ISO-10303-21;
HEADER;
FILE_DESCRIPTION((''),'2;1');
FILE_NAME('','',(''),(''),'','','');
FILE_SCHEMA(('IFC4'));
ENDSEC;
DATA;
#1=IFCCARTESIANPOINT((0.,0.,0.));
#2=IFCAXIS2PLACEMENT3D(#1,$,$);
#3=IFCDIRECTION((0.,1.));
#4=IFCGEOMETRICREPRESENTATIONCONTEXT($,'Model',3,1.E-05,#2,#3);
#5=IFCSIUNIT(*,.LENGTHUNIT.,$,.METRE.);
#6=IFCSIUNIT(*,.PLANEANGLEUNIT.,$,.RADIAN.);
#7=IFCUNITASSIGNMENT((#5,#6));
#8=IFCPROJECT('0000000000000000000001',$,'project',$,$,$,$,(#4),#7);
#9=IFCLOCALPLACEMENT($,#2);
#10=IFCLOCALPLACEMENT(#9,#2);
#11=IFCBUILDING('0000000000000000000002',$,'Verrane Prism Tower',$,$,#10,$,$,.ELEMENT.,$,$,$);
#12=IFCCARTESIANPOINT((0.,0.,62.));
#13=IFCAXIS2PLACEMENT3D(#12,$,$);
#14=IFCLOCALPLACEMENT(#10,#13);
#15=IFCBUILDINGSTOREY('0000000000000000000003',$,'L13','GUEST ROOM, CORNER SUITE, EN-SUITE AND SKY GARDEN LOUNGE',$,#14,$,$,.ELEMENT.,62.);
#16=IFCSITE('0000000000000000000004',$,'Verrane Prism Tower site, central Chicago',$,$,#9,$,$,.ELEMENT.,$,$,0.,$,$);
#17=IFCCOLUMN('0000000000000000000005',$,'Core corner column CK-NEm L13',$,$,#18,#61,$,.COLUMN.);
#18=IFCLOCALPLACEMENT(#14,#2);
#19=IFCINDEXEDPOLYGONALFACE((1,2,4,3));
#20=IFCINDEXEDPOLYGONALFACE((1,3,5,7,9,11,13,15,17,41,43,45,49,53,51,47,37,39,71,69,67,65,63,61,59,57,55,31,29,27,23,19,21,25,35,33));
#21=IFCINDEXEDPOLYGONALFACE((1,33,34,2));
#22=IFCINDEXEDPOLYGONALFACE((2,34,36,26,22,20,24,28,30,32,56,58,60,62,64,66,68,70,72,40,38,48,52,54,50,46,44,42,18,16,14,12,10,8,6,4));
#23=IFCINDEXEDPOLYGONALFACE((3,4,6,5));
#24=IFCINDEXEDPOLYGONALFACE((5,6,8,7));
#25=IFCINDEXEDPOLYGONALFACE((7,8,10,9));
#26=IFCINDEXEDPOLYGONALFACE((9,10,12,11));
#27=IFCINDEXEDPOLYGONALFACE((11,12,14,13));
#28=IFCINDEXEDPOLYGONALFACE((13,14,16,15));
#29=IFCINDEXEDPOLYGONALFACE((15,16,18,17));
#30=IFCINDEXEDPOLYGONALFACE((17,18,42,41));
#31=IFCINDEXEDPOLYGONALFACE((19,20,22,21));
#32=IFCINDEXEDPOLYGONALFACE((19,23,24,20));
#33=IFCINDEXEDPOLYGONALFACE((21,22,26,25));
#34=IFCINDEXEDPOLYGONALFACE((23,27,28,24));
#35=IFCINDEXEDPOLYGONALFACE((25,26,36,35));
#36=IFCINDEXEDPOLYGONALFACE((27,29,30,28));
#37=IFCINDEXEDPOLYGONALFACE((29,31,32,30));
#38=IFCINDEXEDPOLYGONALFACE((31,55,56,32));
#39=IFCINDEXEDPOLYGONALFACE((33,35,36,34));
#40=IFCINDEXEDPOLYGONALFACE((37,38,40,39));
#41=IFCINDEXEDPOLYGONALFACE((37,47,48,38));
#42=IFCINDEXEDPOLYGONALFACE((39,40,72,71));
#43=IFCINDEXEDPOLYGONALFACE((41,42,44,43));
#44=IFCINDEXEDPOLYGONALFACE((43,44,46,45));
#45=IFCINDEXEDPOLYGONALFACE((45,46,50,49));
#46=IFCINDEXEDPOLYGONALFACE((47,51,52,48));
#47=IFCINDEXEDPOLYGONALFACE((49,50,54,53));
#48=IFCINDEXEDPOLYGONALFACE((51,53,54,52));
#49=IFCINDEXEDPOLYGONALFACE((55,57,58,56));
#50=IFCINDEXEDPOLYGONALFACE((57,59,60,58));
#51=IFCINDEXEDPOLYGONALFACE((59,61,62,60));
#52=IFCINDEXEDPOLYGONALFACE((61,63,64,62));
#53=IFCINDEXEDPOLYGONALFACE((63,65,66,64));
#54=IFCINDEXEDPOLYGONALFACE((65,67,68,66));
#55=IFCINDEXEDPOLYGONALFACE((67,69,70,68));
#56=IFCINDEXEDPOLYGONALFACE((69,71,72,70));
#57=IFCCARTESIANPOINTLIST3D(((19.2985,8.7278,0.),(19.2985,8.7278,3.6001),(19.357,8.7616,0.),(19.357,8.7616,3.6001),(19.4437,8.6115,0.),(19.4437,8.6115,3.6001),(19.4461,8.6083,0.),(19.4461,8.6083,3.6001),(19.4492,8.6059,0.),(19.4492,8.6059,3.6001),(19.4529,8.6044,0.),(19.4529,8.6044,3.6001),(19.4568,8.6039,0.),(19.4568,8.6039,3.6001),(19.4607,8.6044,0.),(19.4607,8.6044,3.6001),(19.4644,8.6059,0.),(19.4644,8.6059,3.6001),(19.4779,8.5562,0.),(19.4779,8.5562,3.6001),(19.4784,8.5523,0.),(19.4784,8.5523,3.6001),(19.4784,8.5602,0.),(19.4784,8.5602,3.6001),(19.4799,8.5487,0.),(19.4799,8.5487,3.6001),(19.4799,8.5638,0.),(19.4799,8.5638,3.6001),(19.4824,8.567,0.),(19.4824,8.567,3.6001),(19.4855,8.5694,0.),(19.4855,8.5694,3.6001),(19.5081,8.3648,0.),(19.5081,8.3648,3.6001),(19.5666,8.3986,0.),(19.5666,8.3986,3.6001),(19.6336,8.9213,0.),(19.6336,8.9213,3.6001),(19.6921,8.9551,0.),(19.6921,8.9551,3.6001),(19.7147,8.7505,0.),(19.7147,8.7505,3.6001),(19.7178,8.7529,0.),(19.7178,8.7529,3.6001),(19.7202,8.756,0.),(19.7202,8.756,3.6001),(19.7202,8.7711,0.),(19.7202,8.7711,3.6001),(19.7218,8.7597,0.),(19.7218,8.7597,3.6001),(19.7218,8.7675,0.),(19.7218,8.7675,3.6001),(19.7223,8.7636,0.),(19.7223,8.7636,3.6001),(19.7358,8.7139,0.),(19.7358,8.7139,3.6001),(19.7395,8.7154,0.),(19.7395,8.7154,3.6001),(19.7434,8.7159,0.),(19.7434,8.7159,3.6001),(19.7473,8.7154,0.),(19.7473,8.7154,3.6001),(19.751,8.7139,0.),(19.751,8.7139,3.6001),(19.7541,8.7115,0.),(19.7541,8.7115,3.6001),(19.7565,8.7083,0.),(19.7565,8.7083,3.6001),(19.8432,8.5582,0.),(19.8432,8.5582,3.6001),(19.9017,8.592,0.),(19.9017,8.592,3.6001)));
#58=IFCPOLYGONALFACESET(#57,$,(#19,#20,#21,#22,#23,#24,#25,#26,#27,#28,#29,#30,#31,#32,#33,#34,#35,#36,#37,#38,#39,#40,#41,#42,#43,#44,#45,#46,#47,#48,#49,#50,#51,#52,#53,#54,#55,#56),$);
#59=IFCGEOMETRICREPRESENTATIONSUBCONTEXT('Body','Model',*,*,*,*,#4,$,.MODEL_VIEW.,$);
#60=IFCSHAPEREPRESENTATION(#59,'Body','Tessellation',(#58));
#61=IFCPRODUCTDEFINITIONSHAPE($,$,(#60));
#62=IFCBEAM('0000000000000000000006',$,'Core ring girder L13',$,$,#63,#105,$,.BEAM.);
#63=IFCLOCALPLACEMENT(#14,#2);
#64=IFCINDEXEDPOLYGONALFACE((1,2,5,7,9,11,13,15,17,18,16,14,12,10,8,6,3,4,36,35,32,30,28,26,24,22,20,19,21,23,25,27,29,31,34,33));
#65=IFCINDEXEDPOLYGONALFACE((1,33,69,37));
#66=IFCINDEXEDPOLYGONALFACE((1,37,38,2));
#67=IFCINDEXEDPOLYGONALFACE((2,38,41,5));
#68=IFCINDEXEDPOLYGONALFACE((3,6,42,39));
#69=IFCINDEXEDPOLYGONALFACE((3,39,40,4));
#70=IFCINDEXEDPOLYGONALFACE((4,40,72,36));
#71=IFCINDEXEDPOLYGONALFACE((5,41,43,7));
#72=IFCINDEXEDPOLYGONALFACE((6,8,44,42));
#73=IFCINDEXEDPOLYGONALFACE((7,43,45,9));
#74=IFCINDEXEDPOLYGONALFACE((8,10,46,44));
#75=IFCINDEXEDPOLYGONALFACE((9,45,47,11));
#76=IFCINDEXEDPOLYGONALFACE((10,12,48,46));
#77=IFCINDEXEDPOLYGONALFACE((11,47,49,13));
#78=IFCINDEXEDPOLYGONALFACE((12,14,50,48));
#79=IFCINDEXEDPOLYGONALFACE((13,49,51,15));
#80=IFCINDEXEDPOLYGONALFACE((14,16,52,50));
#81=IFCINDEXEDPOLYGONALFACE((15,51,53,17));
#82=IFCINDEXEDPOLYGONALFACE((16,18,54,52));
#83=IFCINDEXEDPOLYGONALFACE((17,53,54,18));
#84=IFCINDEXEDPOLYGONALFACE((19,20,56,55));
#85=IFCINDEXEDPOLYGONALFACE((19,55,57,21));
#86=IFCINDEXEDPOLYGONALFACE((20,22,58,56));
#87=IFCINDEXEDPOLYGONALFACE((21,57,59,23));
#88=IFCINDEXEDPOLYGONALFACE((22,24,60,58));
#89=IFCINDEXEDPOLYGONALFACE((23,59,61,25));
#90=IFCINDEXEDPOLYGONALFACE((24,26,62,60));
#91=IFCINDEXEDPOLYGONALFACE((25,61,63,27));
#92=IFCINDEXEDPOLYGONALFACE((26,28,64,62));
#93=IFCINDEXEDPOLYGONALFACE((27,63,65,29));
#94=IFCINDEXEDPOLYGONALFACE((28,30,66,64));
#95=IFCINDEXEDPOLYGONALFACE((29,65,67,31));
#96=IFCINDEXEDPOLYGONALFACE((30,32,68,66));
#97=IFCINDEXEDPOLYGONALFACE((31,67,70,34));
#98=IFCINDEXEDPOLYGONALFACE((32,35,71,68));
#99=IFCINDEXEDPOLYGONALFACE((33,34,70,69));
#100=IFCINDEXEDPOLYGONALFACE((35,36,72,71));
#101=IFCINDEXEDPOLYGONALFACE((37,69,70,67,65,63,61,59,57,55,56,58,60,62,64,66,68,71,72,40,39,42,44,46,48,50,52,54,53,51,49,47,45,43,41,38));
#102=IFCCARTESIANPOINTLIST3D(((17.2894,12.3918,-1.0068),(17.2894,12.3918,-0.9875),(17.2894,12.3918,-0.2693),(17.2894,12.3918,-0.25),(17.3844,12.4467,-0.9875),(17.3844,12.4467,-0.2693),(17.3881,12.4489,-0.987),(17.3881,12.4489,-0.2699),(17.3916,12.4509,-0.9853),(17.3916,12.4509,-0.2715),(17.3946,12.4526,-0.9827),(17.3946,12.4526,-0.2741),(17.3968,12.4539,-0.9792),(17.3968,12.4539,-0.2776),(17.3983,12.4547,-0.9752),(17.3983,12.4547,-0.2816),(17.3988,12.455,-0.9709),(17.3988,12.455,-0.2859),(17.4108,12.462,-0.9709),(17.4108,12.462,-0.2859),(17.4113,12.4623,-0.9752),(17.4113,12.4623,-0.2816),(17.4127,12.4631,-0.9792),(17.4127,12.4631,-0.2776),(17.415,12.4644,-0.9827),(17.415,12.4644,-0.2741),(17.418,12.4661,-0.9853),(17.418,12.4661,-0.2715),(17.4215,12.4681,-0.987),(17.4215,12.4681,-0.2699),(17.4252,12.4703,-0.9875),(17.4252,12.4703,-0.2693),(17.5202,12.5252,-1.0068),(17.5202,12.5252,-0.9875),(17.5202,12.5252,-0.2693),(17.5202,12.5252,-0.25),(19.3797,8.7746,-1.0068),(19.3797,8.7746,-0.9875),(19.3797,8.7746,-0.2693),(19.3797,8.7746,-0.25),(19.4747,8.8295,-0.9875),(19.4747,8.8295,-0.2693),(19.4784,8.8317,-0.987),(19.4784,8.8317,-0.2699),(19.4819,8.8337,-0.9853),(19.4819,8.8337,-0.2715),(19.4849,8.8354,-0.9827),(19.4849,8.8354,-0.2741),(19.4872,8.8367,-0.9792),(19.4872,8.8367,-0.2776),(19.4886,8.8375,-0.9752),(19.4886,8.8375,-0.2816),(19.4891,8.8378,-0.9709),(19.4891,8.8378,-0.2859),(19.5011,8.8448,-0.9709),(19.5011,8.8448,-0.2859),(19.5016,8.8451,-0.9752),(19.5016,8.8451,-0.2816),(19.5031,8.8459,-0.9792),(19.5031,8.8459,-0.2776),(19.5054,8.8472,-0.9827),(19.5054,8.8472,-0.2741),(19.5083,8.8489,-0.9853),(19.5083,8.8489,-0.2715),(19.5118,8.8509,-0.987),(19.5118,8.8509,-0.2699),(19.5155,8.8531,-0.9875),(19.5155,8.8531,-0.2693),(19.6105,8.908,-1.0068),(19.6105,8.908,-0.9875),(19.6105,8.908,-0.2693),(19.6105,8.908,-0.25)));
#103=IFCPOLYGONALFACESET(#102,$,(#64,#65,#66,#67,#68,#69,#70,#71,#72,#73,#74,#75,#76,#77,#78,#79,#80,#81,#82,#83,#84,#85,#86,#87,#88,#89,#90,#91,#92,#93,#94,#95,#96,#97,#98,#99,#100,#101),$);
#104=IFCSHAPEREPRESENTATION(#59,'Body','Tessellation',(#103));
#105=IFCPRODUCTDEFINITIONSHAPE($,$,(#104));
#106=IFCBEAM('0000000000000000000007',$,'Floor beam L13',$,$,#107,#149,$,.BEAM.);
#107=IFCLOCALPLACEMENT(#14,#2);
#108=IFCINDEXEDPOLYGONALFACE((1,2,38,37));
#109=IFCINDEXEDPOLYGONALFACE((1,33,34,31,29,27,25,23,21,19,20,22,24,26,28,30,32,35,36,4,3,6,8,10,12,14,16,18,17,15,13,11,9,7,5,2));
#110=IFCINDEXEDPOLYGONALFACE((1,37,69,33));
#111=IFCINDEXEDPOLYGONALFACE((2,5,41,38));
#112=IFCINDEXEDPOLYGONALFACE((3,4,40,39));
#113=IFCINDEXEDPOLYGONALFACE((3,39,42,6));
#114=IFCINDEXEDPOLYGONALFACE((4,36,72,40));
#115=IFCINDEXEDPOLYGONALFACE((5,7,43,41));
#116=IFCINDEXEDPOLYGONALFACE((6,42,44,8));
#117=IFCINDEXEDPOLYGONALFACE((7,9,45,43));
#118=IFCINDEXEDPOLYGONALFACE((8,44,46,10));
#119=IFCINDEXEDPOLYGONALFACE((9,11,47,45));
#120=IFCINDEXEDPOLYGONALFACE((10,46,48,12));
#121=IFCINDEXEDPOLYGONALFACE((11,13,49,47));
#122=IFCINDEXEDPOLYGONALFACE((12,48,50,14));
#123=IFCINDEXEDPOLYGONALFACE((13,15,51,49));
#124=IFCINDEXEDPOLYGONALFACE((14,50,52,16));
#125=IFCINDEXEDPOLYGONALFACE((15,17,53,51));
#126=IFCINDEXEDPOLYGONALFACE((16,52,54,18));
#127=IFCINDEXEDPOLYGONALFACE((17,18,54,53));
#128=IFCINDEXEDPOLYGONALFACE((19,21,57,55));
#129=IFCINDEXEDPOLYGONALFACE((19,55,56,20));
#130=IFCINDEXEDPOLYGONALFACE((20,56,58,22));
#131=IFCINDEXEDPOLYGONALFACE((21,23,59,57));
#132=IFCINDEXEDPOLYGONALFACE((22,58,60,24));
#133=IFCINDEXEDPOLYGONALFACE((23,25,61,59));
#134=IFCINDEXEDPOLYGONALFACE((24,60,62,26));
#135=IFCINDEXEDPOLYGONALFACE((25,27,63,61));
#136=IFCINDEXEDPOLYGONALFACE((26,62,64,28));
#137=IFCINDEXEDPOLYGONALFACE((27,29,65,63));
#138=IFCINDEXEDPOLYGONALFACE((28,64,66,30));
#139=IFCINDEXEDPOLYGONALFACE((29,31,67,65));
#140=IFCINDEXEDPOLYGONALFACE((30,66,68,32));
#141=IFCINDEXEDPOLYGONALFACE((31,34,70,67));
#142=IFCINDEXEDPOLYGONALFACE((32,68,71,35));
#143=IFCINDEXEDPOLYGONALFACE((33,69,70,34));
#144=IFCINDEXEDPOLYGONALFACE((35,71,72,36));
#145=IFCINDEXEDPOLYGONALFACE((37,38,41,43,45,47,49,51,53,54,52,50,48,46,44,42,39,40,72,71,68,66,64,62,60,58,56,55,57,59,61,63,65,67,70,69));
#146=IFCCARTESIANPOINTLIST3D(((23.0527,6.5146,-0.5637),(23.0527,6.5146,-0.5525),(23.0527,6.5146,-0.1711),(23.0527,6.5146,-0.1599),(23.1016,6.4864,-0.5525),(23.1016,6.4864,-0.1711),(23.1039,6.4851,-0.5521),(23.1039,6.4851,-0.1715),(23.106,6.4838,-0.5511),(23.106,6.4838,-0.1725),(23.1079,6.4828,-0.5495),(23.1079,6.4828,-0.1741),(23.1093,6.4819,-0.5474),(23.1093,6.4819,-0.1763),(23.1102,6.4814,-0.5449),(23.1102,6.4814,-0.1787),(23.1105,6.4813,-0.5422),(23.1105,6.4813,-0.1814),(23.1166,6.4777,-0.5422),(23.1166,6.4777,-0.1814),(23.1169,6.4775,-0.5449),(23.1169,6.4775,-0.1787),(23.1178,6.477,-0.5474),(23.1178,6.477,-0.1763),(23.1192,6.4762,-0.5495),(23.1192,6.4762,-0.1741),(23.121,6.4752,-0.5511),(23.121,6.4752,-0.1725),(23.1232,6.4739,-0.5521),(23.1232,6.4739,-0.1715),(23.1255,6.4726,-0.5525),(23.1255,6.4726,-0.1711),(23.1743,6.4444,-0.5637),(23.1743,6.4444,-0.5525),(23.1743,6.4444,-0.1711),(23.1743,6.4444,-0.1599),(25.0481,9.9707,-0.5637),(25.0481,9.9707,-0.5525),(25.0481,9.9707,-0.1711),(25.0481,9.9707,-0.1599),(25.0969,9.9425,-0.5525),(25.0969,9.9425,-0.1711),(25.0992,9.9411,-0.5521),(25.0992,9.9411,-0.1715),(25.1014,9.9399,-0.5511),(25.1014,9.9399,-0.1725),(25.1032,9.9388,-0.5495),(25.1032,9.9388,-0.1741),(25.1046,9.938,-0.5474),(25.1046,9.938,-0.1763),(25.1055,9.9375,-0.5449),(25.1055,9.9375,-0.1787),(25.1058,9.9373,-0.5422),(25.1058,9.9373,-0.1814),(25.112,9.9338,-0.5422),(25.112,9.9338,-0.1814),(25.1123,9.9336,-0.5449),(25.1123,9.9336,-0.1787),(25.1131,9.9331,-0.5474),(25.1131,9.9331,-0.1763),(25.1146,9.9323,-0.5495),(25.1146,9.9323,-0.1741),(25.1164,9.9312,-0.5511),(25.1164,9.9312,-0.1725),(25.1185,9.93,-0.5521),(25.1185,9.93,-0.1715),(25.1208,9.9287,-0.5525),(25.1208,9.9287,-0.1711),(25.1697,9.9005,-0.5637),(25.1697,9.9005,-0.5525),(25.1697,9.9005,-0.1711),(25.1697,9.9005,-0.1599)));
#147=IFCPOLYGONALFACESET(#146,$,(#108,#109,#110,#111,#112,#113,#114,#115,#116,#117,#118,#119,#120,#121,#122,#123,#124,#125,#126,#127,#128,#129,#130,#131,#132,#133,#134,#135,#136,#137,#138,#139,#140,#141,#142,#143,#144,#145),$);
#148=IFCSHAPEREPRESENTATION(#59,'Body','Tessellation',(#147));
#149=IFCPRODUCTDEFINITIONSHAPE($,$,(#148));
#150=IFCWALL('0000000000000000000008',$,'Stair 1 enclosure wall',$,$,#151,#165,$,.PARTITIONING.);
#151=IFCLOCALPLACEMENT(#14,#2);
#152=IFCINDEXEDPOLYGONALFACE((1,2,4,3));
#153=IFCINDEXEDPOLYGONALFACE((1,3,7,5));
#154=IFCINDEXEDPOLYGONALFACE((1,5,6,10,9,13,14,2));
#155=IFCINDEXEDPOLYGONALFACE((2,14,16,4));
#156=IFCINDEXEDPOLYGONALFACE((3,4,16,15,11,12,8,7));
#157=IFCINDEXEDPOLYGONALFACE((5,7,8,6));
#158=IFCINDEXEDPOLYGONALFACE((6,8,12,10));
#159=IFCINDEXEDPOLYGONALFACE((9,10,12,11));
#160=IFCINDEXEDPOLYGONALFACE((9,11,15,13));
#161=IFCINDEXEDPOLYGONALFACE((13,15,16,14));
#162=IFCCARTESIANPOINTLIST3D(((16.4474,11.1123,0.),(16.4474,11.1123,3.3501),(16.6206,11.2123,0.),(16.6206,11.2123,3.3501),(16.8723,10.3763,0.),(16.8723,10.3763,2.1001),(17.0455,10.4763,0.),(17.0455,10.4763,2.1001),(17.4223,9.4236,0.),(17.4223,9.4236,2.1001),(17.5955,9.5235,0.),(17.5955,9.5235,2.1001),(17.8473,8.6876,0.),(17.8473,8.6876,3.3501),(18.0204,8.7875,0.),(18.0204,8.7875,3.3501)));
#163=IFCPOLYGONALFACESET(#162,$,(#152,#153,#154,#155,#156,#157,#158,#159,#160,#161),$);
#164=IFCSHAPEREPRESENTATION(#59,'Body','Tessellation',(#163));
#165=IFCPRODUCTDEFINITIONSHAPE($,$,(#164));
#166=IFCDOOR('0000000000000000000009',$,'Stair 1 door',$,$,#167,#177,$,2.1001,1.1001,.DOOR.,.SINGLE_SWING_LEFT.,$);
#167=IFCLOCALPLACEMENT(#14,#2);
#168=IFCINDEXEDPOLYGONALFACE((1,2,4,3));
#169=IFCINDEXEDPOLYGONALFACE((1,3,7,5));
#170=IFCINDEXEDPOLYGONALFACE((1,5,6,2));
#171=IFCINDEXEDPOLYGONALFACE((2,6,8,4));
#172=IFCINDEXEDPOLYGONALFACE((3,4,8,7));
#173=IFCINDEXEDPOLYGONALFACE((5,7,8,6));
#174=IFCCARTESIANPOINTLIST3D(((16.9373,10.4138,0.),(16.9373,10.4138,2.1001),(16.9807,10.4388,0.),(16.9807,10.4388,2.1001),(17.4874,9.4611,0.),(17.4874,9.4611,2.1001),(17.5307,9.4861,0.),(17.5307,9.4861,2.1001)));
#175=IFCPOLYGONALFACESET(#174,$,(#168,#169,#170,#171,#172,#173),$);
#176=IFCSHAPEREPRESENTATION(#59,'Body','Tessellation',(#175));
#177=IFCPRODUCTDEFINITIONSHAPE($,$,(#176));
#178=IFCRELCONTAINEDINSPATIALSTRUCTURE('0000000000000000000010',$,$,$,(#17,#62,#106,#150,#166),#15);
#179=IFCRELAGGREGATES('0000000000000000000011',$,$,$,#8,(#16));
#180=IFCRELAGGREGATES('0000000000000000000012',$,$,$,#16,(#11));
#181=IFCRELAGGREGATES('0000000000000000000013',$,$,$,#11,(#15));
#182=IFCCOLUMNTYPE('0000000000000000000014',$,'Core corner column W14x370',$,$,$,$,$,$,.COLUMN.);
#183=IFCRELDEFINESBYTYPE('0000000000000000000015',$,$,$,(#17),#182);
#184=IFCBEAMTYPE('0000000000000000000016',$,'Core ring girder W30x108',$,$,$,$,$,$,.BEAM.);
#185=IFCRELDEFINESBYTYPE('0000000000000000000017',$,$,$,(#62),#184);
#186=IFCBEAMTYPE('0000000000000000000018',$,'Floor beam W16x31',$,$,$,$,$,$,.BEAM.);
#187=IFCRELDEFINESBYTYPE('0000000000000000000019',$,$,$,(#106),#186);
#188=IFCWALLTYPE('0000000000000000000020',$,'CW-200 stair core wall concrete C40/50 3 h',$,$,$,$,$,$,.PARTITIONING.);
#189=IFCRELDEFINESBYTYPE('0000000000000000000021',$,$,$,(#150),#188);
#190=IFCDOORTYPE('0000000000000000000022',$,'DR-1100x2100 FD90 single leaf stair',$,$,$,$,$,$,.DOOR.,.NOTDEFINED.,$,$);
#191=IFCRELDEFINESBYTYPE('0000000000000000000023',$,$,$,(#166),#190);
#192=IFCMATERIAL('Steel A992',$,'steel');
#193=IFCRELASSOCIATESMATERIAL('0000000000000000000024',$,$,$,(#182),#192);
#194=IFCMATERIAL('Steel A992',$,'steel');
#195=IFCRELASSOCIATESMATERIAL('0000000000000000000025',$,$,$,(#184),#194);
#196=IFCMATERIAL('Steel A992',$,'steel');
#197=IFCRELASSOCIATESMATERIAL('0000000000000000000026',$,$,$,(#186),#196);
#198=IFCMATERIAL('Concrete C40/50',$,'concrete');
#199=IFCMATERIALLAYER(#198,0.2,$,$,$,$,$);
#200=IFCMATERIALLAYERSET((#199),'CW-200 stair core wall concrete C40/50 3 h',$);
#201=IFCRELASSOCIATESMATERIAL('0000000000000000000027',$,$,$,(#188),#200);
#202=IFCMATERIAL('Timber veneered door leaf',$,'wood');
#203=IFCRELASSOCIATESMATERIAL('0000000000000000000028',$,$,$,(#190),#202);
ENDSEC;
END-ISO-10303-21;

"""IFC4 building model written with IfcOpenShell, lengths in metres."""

from ifc_helpers import new_model, si_unit, direction, frame, frame_2d, origin, origin_2d, place, context, subcontext, project, spatial, rectangle, i_section, extrude, material, layer, layer_set, material_profile, profile_set, type_object, element, fill, save


model = new_model("IFC4")

# Units and contexts
model_context = context("Model", 3, precision=1e-05, world=origin(), true_north=direction((0.0, 1.0)))
body_context = subcontext(model_context, "Body", "Model", "MODEL_VIEW")
ifc_project = project(units=[si_unit("LENGTHUNIT", "METRE"), si_unit("PLANEANGLEUNIT", "RADIAN")], contexts=[model_context])

# Site, building, storey
site_placement = place(None, origin())
site = spatial("IfcSite", under=ifc_project, at=site_placement, Name="Verrane Prism Tower site, central Chicago", CompositionType="ELEMENT", RefElevation=0.0)
building_placement = place(site_placement, origin())
building = spatial("IfcBuilding", under=site, at=building_placement, Name="Verrane Prism Tower", CompositionType="ELEMENT")
storey_placement = place(building_placement, frame((0.0, 0.0, 62.0)))
storey = spatial("IfcBuildingStorey", under=building, at=storey_placement, Name="L13", Description="GUEST ROOM, CORNER SUITE, EN-SUITE AND SKY GARDEN LOUNGE", CompositionType="ELEMENT", Elevation=62.0)

# Column
ifc_material_1 = material(Name="Steel A992", Category="steel")
ifc_material_profile_1 = material_profile(ifc_material_1, i_section(OverallWidth=0.4192, OverallDepth=0.4546, WebThickness=0.0422, FlangeThickness=0.0676, FilletRadius=0.0151, at=origin_2d()), Name="W14x370")
ifc_profile_set_1 = profile_set([ifc_material_profile_1], Name="Steel A992")
column_type = type_object("IfcColumnType", Name="Core corner column W14x370", PredefinedType="COLUMN", material=ifc_profile_set_1)
column_placement = place(storey_placement, frame((19.6001, 8.6599, 0.0), z_axis=(0.0, 0.0, 1.0), x_axis=(0.5, -0.866025, 0.0)))
element("IfcColumn", 1, at=column_placement, inside=storey, type_object=column_type, Name="Core corner column CK-NEm L13", PredefinedType="COLUMN", context=body_context, shape_type="SweptSolid", body=[
    extrude(i_section(OverallWidth=0.4192, OverallDepth=0.4546, WebThickness=0.0422, FlangeThickness=0.0676, FilletRadius=0.0151, at=origin_2d()), origin(), (0.0, 0.0, 1.0), 3.6001),
])

# Beams
ifc_material_2 = material(Name="Steel A992", Category="steel")
ifc_material_profile_2 = material_profile(ifc_material_2, i_section(OverallWidth=0.2666, OverallDepth=0.7568, WebThickness=0.0139, FlangeThickness=0.0193, FilletRadius=0.0166, at=origin_2d()), Name="W30x108")
ifc_profile_set_2 = profile_set([ifc_material_profile_2], Name="Steel A992")
beam_type_1 = type_object("IfcBeamType", Name="Core ring girder W30x108", PredefinedType="BEAM", material=ifc_profile_set_2)
beam_1_placement = place(storey_placement, frame((19.4951, 8.8413, -0.6284), z_axis=(-0.50035, 0.865823, 0.0), x_axis=(-0.865823, -0.50035, 0.0)))
element("IfcBeam", 2, at=beam_1_placement, inside=storey, type_object=beam_type_1, Name="Core ring girder L13", PredefinedType="BEAM", context=body_context, shape_type="SweptSolid", body=[
    extrude(i_section(OverallWidth=0.2666, OverallDepth=0.7568, WebThickness=0.0139, FlangeThickness=0.0193, FilletRadius=0.0166, at=origin_2d()), origin(), (0.0, 0.0, 1.0), 4.1777),
])
ifc_material_3 = material(Name="Steel A992", Category="steel")
ifc_material_profile_3 = material_profile(ifc_material_3, i_section(OverallWidth=0.1404, OverallDepth=0.4038, WebThickness=0.0071, FlangeThickness=0.0112, FilletRadius=0.0103, at=origin_2d()), Name="W16x31")
ifc_profile_set_3 = profile_set([ifc_material_profile_3], Name="Steel A992")
beam_type_2 = type_object("IfcBeamType", Name="Floor beam W16x31", PredefinedType="BEAM", material=ifc_profile_set_3)
beam_2_placement = place(storey_placement, frame((23.1135, 6.4795, -0.3618), z_axis=(0.500001, 0.866025, 0.0), x_axis=(-0.866025, 0.500001, 0.0)))
element("IfcBeam", 3, at=beam_2_placement, inside=storey, type_object=beam_type_2, Name="Floor beam L13", PredefinedType="BEAM", context=body_context, shape_type="SweptSolid", body=[
    extrude(i_section(OverallWidth=0.1404, OverallDepth=0.4038, WebThickness=0.0071, FlangeThickness=0.0112, FilletRadius=0.0103, at=origin_2d()), origin(), (0.0, 0.0, 1.0), 3.9907),
])

# Wall, opening, door
ifc_material_4 = material(Name="Concrete C40/50", Category="concrete")
ifc_layer_1 = layer(ifc_material_4, 0.2)
ifc_layer_set_1 = layer_set([ifc_layer_1], Name="CW-200 stair core wall concrete C40/50 3 h")
wall_type_1 = type_object("IfcWallType", Name="CW-200 stair core wall concrete C40/50 3 h", PredefinedType="PARTITIONING", material=ifc_layer_set_1)
wall_1_placement = place(storey_placement, frame((17.9338, 8.7375, 0.0), z_axis=(0.0, 0.0, 1.0), x_axis=(-0.499984, 0.866035, 0.0)))
wall_1 = element("IfcWall", 4, at=wall_1_placement, inside=storey, type_object=wall_type_1, Name="Stair 1 enclosure wall", PredefinedType="PARTITIONING", context=body_context, shape_type="SweptSolid", body=[
    extrude(rectangle(XDim=2.7998, YDim=0.2, at=frame_2d((1.3999, 0.0))), origin(), (0.0, 0.0, 1.0), 3.3501),
])
opening_1_placement = place(wall_1_placement, frame((0.8499, 0.0, 0.0)))
opening_1 = element("IfcOpeningElement", 5, at=opening_1_placement, cuts=wall_1, PredefinedType="OPENING", context=body_context, shape_type="SweptSolid", body=[
    extrude(rectangle(XDim=1.1001, YDim=2.1001, at=frame_2d((0.55, 1.05))), frame((0.0, 0.1099, 0.0), z_axis=(0.0, -1.0, 0.0), x_axis=(1.0, 0.0, 0.0)), (0.0, 0.0, 1.0), 0.22),
])
ifc_material_5 = material(Name="Timber veneered door leaf", Category="wood")
door_type_1 = type_object("IfcDoorType", Name="DR-1100x2100 FD90 single leaf stair", OperationType="NOTDEFINED", PredefinedType="DOOR", material=ifc_material_5)
door_1_placement = place(opening_1_placement, origin())
door_1 = element("IfcDoor", 6, at=door_1_placement, inside=storey, type_object=door_type_1, Name="Stair 1 door", OperationType="SINGLE_SWING_LEFT", OverallHeight=2.1001, OverallWidth=1.1001, PredefinedType="DOOR", context=body_context, shape_type="SweptSolid", body=[
    extrude(rectangle(XDim=1.1001, YDim=2.1001, at=frame_2d((0.55, 1.05))), frame((0.0, 0.0249, 0.0), z_axis=(0.0, -1.0, 0.0), x_axis=(1.0, 0.0, 0.0)), (0.0, 0.0, 1.0), 0.05),
])
fill(opening_1, door_1)

save(model, "model.ifc")
